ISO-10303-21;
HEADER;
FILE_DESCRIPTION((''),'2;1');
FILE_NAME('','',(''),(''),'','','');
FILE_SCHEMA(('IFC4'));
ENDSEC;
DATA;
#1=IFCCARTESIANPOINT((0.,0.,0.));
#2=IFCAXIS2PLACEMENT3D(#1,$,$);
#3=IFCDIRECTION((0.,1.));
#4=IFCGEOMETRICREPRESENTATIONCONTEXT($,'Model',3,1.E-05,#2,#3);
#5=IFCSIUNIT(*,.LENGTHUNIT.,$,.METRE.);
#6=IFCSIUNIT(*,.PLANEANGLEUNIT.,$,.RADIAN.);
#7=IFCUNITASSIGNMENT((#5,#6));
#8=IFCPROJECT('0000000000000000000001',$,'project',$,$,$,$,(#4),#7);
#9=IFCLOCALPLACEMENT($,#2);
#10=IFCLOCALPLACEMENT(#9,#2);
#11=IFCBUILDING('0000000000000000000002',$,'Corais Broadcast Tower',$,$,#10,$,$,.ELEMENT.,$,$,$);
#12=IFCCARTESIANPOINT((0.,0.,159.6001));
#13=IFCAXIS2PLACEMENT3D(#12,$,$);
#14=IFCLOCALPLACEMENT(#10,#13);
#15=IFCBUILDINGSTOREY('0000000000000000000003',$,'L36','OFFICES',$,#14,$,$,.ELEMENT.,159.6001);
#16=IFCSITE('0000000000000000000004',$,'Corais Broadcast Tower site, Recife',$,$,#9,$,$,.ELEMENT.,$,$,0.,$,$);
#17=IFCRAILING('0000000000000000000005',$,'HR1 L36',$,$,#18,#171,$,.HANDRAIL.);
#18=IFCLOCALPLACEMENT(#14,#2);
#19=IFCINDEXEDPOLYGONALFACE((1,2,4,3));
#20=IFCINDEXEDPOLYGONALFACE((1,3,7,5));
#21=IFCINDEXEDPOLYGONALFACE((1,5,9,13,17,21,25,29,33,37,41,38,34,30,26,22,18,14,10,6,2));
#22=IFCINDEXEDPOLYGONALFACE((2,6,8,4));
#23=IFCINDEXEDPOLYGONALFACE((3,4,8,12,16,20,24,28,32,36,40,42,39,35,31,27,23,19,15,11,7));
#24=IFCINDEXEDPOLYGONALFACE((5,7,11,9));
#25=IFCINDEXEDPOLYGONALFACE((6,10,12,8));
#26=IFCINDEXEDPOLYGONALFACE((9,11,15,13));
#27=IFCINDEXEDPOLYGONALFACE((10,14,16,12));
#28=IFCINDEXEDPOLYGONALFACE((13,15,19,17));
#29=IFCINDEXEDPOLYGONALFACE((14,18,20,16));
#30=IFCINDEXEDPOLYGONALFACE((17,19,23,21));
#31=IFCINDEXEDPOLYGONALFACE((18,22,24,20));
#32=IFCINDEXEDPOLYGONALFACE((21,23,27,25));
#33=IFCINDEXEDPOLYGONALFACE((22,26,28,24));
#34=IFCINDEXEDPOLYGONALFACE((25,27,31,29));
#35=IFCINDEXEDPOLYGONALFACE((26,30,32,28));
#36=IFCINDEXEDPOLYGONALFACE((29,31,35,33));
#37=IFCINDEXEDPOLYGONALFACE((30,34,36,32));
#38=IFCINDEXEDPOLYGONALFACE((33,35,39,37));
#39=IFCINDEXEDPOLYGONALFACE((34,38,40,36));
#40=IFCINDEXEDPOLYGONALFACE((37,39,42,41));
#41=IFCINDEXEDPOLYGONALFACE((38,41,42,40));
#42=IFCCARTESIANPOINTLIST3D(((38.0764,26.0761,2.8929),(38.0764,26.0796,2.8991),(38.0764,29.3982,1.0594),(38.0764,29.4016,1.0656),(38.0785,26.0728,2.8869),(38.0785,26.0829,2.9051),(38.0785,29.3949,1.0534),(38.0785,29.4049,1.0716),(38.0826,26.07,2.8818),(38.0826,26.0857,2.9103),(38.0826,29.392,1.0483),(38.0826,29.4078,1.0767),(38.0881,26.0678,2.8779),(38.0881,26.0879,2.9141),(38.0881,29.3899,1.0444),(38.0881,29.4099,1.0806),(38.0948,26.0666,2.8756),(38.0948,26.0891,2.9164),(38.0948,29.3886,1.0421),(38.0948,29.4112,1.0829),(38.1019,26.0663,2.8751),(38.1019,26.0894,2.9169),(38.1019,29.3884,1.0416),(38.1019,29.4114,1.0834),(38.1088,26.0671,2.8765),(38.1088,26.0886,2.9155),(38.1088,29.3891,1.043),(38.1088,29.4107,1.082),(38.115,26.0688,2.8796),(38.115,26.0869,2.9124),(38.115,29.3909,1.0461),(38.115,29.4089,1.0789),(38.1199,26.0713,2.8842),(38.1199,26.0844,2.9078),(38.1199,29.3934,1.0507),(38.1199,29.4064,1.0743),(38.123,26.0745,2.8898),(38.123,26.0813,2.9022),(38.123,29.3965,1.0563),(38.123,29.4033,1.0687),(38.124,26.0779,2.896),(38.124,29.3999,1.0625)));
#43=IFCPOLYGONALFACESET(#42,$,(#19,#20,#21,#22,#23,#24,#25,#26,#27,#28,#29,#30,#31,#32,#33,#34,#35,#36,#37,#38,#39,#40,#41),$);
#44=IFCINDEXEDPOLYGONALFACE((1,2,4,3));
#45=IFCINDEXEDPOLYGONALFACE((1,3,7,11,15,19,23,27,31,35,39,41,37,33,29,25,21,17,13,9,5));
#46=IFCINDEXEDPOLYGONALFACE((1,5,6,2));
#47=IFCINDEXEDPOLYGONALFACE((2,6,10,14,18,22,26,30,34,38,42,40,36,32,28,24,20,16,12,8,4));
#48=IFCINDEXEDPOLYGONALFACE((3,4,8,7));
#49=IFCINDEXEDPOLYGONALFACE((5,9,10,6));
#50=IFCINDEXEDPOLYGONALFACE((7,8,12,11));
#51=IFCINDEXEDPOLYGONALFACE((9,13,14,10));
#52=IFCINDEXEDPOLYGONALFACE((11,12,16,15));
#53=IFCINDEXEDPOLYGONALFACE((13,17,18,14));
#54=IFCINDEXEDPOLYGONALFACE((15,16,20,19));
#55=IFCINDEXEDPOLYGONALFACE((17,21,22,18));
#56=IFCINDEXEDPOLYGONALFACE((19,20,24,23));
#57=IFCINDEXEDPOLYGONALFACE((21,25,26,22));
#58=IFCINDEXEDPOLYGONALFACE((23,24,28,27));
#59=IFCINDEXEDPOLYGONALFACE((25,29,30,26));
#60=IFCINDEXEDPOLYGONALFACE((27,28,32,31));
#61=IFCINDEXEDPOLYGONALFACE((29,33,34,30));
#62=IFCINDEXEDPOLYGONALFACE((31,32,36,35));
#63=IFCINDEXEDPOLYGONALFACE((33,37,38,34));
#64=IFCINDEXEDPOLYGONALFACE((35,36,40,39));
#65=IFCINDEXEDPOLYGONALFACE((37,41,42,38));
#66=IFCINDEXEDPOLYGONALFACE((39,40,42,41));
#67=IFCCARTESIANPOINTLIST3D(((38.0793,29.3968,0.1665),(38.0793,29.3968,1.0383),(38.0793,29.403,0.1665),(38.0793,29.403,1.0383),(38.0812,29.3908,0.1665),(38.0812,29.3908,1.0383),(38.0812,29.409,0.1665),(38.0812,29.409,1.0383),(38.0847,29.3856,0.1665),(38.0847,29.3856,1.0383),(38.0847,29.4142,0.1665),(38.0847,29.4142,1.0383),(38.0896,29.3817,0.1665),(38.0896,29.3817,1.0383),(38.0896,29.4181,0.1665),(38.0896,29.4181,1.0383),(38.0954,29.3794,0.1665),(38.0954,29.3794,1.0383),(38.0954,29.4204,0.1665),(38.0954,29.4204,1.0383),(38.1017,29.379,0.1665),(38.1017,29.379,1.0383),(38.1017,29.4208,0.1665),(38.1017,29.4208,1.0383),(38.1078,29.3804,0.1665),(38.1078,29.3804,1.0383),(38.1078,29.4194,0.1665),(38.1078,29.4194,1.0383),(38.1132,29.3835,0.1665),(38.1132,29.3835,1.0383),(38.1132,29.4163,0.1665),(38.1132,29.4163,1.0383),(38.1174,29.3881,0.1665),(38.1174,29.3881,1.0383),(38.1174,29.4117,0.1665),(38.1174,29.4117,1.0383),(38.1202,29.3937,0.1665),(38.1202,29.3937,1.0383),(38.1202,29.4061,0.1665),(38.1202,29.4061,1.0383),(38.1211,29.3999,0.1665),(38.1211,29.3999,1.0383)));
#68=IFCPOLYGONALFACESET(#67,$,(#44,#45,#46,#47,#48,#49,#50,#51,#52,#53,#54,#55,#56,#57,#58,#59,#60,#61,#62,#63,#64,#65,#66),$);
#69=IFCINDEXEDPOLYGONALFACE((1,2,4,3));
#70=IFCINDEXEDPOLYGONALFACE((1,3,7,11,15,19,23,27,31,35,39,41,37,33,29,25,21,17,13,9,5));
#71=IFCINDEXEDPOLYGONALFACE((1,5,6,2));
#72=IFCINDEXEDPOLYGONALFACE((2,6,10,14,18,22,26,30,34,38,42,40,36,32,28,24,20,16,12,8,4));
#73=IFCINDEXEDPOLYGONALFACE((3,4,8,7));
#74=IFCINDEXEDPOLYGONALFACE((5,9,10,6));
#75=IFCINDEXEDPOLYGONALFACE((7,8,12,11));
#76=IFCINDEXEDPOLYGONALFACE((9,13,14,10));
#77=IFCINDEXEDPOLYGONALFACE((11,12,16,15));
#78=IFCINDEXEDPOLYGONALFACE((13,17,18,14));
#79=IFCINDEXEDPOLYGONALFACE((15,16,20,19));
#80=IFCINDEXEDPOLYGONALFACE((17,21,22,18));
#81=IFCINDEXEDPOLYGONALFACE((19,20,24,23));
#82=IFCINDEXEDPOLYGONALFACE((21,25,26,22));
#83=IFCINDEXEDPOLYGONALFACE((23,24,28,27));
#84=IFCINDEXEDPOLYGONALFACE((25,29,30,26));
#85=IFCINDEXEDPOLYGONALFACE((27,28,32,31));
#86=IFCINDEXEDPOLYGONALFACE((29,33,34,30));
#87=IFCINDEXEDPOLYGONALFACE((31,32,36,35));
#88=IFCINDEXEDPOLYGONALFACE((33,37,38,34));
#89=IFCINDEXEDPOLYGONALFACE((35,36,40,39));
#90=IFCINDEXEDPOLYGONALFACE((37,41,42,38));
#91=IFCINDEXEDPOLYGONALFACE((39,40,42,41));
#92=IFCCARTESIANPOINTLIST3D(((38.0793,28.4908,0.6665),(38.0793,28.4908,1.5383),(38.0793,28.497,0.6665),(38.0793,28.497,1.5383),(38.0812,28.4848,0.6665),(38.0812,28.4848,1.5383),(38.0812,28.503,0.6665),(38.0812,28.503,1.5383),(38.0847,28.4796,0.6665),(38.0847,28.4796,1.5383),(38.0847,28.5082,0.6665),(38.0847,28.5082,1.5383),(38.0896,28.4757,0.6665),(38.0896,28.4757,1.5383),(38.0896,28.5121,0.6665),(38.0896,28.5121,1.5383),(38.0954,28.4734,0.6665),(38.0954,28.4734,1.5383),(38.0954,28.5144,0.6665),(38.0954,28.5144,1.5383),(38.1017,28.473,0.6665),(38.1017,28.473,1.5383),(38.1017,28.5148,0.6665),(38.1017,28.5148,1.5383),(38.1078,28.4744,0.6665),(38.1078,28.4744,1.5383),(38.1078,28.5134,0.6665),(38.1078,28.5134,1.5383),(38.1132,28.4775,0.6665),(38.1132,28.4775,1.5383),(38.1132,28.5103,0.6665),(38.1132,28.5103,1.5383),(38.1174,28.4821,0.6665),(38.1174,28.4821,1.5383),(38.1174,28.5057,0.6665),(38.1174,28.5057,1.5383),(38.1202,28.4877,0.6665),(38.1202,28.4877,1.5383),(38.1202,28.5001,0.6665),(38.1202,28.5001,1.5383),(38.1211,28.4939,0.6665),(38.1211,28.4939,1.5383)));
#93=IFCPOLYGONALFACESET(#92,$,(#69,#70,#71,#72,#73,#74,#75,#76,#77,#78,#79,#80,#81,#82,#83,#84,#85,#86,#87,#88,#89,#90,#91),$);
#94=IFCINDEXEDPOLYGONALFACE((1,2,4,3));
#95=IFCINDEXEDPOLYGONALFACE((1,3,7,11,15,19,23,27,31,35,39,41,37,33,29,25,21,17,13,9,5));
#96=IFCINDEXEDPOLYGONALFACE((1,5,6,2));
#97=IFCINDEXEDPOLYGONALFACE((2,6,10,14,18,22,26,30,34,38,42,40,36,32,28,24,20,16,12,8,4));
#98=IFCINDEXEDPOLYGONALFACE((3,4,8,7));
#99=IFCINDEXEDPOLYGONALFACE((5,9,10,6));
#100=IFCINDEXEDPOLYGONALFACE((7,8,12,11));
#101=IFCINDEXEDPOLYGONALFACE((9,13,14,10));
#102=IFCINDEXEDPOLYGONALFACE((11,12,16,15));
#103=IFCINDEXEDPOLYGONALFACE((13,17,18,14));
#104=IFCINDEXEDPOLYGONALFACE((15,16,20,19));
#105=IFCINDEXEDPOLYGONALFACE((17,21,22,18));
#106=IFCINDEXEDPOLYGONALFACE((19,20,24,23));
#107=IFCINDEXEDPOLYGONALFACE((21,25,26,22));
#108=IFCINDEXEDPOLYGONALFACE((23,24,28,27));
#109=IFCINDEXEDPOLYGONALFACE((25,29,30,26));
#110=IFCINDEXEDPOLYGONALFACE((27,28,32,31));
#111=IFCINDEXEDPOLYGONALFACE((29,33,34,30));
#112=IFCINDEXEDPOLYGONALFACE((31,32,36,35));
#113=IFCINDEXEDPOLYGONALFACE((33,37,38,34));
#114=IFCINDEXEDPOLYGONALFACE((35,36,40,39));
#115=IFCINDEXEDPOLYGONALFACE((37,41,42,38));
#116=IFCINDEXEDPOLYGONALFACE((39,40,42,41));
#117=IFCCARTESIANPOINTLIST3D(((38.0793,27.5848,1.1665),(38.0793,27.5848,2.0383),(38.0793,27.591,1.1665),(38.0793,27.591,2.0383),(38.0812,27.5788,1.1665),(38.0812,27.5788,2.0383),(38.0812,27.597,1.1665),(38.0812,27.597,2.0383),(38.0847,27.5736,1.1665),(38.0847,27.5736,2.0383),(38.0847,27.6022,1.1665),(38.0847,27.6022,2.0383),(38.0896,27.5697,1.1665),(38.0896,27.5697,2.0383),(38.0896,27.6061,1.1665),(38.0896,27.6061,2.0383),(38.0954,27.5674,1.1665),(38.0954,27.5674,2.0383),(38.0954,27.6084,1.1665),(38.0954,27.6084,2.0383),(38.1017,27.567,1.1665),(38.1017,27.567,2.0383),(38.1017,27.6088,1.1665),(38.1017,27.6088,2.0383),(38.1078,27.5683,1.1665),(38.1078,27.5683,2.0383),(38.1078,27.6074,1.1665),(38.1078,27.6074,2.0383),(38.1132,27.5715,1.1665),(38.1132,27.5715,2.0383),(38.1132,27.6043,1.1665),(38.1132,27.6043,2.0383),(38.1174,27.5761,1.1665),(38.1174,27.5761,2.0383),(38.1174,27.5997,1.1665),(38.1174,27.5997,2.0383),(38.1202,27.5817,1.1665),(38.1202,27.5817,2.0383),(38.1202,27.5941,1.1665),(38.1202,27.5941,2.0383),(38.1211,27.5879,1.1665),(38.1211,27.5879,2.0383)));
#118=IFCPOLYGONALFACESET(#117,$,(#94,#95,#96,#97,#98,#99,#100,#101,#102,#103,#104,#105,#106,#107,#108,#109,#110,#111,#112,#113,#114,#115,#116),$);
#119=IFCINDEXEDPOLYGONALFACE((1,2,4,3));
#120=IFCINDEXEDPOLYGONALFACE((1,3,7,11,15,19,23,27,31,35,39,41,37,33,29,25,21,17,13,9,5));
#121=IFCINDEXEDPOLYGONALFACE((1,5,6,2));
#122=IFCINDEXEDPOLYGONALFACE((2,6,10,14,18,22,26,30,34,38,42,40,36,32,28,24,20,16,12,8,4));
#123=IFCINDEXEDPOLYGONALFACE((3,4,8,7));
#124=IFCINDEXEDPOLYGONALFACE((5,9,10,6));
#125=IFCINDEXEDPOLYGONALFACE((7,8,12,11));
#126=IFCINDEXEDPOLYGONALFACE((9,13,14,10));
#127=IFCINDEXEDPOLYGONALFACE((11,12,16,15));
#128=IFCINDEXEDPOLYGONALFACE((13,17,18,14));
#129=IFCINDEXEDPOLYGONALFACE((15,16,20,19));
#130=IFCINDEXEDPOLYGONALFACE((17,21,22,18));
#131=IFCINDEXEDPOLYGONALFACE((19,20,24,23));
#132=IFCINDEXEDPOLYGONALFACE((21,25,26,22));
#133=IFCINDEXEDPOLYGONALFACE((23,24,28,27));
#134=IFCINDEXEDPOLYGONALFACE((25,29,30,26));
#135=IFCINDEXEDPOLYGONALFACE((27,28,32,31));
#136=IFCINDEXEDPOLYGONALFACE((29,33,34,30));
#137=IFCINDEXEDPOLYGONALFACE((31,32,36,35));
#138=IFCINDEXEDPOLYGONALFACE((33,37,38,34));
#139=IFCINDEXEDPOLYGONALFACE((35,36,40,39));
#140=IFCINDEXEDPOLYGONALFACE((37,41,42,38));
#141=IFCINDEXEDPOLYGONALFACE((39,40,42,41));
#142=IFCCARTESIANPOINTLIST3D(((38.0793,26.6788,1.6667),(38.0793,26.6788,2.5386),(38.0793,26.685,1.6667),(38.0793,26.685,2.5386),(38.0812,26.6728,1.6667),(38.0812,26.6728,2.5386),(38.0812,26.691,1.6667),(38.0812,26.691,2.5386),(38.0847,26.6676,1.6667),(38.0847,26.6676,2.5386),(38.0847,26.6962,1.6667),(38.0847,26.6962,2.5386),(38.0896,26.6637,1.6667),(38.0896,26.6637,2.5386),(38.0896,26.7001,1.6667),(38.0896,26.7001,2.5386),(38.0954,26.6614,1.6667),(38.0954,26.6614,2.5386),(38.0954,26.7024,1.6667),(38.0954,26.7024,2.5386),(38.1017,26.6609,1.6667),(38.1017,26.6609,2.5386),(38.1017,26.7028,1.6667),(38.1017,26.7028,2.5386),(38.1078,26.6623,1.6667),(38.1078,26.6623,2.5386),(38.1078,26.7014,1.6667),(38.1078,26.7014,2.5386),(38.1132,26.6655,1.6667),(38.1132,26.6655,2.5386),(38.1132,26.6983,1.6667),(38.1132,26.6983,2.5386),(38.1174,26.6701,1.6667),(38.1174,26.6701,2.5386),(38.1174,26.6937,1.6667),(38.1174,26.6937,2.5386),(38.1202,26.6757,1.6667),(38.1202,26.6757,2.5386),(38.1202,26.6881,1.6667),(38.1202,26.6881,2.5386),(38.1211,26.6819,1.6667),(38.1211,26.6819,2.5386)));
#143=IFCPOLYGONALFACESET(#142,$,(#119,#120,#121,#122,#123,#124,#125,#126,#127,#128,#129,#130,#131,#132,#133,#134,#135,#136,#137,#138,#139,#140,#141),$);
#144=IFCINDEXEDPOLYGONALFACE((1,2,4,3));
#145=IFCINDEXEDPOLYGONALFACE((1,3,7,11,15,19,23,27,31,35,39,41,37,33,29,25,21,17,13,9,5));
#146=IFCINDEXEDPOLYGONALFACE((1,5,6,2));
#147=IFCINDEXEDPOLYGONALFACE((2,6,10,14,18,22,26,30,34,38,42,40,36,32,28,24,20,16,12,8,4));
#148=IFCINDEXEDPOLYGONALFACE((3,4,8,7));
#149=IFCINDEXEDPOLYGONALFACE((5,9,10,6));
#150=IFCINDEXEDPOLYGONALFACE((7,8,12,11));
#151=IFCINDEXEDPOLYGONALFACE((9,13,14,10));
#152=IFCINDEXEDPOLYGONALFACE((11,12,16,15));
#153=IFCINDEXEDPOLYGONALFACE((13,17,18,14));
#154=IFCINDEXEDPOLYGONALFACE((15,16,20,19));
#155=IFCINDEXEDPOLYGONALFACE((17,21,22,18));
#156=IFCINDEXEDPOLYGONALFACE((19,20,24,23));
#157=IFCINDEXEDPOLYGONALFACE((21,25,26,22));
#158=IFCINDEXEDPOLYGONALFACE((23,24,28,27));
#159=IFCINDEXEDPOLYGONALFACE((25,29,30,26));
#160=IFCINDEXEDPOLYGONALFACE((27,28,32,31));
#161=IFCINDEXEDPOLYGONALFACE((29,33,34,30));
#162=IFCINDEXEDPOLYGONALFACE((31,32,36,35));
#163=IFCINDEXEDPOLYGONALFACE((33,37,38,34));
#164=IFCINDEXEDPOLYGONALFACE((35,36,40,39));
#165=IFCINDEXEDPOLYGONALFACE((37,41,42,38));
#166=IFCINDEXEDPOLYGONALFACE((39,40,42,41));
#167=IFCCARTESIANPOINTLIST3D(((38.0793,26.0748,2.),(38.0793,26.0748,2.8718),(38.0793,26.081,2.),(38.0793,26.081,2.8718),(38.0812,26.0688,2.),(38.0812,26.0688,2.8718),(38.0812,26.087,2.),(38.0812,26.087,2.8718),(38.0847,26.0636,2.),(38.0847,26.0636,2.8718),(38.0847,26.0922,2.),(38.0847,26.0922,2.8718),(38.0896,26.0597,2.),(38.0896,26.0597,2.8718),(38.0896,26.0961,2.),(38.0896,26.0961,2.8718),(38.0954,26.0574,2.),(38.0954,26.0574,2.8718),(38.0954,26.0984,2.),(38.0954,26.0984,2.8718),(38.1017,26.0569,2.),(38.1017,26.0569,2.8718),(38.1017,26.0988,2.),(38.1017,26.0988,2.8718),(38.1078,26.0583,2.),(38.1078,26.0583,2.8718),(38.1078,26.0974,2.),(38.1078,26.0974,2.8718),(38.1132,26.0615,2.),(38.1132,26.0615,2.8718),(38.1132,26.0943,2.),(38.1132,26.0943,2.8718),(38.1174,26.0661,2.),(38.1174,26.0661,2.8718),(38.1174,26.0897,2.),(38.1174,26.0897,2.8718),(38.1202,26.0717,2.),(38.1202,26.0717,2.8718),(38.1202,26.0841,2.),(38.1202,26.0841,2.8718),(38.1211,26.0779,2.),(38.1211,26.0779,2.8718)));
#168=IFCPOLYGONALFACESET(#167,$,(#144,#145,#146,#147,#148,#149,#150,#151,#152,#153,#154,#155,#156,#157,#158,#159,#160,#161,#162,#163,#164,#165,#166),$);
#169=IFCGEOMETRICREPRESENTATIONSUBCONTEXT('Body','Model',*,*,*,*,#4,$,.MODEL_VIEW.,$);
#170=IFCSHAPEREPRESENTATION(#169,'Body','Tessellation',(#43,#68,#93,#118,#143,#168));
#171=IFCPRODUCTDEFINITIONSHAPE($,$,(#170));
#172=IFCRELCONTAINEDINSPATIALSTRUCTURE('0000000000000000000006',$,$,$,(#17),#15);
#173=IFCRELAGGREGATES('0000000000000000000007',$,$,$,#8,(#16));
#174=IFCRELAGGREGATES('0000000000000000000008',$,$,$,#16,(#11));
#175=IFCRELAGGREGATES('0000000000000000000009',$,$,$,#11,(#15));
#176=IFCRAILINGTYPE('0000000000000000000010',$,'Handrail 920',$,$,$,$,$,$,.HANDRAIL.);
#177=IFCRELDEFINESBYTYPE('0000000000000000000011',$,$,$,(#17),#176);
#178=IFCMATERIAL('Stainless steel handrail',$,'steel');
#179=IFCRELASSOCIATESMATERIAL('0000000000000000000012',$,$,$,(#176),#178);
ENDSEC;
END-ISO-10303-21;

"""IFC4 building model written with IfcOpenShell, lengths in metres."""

from ifc_helpers import new_model, si_unit, direction, frame, origin, origin_2d, place, context, subcontext, project, spatial, circle, extrude, material, type_object, element, save


model = new_model("IFC4")

# Units and contexts
model_context = context("Model", 3, precision=1e-05, world=origin(), true_north=direction((0.0, 1.0)))
body_context = subcontext(model_context, "Body", "Model", "MODEL_VIEW")
ifc_project = project(units=[si_unit("LENGTHUNIT", "METRE"), si_unit("PLANEANGLEUNIT", "RADIAN")], contexts=[model_context])

# Site, building, storey
site_placement = place(None, origin())
site = spatial("IfcSite", under=ifc_project, at=site_placement, Name="Corais Broadcast Tower site, Recife", CompositionType="ELEMENT", RefElevation=0.0)
building_placement = place(site_placement, origin())
building = spatial("IfcBuilding", under=site, at=building_placement, Name="Corais Broadcast Tower", CompositionType="ELEMENT")
storey_placement = place(building_placement, frame((0.0, 0.0, 159.6001)))
storey = spatial("IfcBuildingStorey", under=building, at=storey_placement, Name="L36", Description="OFFICES", CompositionType="ELEMENT", Elevation=159.6001)

# Railing
ifc_material_1 = material(Name="Stainless steel handrail", Category="steel")
railing_type = type_object("IfcRailingType", Name="Handrail 920", PredefinedType="HANDRAIL", material=ifc_material_1)
for number, where, name in (
    (1, (38.1001, 29.3999, 0.1665), "HR1 L36"),
):
    element("IfcRailing", number, at=place(storey_placement, frame(where)), inside=storey, type_object=railing_type, Name=name, PredefinedType="HANDRAIL", context=body_context, shape_type="SweptSolid", body=[
        extrude(circle(Radius=0.0239, at=origin_2d()), frame((0.0, 0.0, 0.896), z_axis=(0.0, -0.875504, 0.48321), x_axis=(1.0, 0.0, 0.0)), (0.0, 0.0, 1.0), 3.7944),
        extrude(circle(Radius=0.021, at=origin_2d()), origin(), (0.0, 0.0, 1.0), 0.8718),
        extrude(circle(Radius=0.021, at=origin_2d()), frame((0.0, -0.906, 0.5)), (0.0, 0.0, 1.0), 0.8718),
        extrude(circle(Radius=0.021, at=origin_2d()), frame((0.0, -1.812, 1.0)), (0.0, 0.0, 1.0), 0.8718),
        extrude(circle(Radius=0.021, at=origin_2d()), frame((0.0, -2.718, 1.5002)), (0.0, 0.0, 1.0), 0.8718),
        extrude(circle(Radius=0.021, at=origin_2d()), frame((0.0, -3.322, 1.8335)), (0.0, 0.0, 1.0), 0.8718),
    ])

save(model, "model.ifc")
